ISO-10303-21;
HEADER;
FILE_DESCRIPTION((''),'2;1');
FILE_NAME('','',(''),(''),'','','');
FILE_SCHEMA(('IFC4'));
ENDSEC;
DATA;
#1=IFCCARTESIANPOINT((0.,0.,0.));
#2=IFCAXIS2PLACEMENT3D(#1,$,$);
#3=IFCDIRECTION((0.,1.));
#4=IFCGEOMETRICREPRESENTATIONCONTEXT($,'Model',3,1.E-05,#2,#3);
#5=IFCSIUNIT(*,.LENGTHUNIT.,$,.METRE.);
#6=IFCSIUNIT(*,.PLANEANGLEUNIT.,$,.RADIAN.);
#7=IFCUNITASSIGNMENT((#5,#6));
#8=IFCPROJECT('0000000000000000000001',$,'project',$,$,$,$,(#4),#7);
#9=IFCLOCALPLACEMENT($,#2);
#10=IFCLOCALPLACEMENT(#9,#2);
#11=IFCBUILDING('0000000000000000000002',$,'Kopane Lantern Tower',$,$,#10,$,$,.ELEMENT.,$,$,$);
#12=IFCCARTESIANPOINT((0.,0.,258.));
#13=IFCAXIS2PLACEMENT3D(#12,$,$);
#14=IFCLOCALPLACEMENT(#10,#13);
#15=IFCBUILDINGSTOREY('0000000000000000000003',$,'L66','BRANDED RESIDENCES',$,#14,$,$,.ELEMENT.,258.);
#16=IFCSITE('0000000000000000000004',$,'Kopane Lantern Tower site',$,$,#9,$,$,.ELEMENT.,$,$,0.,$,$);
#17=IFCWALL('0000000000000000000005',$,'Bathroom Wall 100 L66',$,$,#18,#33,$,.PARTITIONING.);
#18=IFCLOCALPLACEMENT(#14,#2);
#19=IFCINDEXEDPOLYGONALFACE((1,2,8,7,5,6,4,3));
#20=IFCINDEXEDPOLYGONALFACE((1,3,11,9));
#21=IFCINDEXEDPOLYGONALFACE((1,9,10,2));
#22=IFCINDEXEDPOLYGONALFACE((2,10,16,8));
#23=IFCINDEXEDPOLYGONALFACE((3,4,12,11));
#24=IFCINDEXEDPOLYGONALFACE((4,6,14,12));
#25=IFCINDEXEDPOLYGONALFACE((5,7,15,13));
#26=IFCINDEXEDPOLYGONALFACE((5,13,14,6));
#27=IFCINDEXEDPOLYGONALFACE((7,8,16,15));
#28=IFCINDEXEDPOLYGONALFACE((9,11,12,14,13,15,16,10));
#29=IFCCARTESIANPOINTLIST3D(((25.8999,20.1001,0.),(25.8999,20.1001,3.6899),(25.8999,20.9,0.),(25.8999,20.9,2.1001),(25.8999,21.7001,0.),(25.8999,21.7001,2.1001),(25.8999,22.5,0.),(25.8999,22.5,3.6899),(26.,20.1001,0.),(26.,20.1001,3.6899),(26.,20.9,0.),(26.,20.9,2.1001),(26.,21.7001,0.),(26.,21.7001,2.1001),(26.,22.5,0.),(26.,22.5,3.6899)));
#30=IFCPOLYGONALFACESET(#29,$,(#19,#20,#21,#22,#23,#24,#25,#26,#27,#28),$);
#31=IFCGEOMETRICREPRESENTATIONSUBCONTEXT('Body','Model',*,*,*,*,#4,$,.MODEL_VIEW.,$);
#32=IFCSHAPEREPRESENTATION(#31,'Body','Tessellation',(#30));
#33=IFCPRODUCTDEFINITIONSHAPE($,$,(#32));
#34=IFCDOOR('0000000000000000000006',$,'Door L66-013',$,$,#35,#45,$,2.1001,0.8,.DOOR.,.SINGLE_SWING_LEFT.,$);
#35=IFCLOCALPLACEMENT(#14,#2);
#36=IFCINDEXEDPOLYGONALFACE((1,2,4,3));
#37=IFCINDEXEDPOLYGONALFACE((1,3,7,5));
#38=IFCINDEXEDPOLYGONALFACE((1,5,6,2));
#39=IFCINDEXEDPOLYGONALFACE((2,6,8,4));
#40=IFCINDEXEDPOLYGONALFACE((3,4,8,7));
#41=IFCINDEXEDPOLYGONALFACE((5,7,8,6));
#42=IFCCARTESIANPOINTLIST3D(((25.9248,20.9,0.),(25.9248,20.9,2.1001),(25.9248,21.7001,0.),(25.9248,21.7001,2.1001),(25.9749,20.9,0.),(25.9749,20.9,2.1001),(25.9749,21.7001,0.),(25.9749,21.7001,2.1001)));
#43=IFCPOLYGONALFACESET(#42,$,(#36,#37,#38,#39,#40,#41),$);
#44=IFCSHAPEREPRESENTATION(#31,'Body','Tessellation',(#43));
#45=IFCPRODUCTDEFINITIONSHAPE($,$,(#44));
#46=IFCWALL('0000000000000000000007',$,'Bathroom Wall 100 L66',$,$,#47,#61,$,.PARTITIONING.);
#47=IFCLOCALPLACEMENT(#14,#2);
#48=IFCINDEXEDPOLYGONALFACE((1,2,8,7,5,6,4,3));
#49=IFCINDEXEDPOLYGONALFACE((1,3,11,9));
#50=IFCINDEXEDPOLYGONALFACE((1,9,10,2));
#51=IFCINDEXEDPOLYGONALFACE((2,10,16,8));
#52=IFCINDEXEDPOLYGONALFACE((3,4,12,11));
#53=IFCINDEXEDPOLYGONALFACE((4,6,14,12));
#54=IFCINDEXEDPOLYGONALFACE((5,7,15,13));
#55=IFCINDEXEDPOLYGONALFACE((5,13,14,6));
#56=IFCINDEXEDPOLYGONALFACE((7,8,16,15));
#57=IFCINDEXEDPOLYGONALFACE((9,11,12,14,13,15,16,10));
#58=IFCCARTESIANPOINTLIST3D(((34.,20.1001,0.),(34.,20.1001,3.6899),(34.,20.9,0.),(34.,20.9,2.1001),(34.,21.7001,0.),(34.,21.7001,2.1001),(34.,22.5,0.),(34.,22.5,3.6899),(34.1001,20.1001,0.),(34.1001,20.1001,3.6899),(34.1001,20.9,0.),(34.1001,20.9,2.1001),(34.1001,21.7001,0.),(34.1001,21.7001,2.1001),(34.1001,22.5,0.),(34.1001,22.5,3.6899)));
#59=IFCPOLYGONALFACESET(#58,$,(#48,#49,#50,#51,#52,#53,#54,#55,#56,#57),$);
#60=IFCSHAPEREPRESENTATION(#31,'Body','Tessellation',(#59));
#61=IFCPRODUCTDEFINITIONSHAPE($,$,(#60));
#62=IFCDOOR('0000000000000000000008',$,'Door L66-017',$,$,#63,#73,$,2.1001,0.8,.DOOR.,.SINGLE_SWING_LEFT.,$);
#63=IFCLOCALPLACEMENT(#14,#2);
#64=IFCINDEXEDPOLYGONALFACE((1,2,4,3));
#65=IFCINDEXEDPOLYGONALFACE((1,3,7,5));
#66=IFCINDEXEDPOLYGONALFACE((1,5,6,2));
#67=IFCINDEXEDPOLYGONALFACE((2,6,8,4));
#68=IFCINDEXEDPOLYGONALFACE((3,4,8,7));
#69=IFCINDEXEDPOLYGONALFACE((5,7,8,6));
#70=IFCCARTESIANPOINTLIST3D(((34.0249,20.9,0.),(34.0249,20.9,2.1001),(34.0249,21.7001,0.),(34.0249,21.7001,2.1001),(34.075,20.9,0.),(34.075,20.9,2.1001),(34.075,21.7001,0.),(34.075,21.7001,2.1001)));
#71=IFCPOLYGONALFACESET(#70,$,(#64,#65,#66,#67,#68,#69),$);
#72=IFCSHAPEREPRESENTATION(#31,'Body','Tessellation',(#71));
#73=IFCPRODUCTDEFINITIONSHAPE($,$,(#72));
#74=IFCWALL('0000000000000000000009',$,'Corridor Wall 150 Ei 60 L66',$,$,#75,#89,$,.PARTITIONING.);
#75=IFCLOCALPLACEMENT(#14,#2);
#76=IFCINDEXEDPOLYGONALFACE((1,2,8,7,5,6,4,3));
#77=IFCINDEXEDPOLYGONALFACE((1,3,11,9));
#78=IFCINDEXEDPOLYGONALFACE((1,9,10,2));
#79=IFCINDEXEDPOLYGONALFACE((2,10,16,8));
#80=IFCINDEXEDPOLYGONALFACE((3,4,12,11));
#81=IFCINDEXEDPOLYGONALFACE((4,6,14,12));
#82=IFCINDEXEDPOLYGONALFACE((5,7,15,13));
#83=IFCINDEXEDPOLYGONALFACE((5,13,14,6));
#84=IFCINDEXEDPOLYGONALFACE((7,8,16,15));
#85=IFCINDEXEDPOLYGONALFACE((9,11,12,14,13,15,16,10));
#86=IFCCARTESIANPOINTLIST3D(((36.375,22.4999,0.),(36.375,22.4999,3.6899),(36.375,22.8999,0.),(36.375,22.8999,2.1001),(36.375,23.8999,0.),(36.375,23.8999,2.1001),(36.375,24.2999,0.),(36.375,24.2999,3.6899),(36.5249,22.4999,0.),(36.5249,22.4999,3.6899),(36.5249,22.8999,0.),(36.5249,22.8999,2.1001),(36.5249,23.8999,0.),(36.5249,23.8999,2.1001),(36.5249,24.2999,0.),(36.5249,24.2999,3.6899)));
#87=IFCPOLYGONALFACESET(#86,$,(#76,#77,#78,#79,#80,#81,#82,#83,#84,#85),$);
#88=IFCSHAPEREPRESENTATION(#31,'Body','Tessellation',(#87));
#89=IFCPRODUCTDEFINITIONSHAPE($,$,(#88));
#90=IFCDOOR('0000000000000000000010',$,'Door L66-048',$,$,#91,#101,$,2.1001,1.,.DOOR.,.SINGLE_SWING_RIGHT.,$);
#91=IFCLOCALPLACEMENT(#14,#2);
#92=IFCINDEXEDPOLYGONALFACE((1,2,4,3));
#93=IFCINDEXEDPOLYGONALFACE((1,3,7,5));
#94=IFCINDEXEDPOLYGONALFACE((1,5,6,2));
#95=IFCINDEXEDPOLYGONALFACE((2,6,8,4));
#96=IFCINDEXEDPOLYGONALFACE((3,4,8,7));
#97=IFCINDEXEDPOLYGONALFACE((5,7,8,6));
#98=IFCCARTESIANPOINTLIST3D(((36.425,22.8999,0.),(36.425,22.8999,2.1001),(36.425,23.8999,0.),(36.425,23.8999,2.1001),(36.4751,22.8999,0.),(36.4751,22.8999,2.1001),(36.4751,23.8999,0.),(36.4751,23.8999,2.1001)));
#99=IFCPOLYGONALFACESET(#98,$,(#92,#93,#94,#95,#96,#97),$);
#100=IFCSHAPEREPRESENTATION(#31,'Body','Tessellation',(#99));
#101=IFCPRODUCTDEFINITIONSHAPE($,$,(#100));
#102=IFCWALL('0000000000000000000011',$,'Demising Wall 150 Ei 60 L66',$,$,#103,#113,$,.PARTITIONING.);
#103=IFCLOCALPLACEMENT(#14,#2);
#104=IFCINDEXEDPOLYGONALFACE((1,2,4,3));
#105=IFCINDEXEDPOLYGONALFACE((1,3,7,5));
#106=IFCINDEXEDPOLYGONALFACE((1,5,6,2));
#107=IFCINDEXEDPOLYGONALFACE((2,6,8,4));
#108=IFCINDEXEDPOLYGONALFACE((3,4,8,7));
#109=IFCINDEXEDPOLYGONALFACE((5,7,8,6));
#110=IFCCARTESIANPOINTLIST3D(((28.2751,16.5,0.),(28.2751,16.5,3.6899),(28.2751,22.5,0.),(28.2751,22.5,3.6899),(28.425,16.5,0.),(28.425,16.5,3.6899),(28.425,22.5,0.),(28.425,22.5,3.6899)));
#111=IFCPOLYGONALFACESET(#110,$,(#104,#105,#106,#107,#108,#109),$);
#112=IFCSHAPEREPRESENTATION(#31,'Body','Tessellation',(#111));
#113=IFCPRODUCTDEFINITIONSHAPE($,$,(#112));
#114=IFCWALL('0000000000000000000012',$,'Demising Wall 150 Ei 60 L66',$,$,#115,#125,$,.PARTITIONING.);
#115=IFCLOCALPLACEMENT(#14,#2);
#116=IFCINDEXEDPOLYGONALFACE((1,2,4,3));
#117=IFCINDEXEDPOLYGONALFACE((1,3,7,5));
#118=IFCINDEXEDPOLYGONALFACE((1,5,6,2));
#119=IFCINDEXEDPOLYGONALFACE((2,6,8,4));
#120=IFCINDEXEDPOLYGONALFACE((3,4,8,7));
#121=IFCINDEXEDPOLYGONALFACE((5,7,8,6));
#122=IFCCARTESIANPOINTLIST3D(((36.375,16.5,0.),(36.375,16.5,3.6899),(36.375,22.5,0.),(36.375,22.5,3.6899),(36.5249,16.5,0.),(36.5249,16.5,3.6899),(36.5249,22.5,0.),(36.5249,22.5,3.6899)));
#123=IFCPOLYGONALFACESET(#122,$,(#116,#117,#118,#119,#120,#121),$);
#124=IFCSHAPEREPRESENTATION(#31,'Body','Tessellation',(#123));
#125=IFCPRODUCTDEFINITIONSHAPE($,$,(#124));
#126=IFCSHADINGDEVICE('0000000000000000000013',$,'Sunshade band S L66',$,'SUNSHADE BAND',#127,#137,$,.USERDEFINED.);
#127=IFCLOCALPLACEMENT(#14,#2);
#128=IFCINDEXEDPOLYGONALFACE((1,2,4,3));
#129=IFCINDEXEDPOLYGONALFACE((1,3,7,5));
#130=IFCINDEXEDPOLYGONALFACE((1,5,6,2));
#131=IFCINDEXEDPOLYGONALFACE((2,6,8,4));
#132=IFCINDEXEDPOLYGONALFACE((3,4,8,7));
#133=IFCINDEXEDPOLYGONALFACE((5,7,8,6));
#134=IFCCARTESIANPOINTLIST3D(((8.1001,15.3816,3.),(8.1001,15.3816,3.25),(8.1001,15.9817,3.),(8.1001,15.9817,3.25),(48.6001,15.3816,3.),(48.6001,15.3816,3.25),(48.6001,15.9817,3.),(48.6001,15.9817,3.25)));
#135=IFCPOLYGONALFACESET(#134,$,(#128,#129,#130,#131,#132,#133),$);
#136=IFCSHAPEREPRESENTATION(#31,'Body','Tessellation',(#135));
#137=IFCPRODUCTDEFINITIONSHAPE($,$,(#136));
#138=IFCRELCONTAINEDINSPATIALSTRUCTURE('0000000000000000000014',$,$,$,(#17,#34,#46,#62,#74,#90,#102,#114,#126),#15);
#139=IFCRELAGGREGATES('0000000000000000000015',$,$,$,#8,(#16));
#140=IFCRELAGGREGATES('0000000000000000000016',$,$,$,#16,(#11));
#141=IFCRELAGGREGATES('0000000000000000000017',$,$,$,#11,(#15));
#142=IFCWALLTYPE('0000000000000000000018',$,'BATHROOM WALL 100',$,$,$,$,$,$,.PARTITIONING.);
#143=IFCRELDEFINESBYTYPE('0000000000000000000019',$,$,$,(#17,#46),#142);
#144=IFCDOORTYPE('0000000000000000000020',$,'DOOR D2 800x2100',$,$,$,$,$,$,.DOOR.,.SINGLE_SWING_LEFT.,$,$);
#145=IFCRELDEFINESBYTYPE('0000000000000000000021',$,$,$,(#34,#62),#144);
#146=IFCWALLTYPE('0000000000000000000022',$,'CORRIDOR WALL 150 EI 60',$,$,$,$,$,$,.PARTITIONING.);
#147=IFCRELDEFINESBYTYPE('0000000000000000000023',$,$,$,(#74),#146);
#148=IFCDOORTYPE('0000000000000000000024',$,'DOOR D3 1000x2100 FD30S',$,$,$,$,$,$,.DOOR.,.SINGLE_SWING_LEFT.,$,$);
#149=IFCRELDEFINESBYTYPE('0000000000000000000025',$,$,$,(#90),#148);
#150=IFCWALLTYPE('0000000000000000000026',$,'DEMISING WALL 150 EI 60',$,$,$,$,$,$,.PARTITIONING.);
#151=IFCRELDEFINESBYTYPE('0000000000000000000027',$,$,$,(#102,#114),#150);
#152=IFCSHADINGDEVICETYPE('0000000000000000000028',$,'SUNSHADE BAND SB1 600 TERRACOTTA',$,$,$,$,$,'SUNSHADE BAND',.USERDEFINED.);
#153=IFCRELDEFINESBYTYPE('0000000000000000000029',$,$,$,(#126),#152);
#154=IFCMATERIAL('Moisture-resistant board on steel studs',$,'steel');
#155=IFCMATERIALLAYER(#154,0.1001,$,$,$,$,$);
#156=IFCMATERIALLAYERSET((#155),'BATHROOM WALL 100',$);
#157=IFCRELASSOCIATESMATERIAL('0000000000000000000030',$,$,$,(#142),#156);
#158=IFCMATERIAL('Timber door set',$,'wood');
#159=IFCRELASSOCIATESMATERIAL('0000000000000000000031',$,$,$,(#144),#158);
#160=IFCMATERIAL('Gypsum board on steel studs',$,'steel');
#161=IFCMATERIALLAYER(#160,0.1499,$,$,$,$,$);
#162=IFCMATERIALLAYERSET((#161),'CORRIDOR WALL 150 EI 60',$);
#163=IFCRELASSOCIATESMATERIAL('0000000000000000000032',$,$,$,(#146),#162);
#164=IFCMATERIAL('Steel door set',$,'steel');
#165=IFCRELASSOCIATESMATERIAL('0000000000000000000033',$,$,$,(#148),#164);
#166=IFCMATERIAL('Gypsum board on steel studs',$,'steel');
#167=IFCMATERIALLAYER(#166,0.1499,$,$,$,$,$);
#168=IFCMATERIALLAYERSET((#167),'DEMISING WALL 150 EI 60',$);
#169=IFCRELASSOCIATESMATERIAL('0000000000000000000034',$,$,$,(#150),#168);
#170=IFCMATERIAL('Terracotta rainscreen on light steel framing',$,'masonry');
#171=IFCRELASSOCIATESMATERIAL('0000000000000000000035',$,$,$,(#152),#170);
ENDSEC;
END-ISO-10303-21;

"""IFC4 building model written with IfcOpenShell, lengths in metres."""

from ifc_helpers import new_model, si_unit, direction, frame, frame_2d, origin, origin_2d, place, context, subcontext, project, spatial, rectangle, extrude, material, layer, layer_set, type_object, element, fill, save


model = new_model("IFC4")

# Units and contexts
model_context = context("Model", 3, precision=1e-05, world=origin(), true_north=direction((0.0, 1.0)))
body_context = subcontext(model_context, "Body", "Model", "MODEL_VIEW")
ifc_project = project(units=[si_unit("LENGTHUNIT", "METRE"), si_unit("PLANEANGLEUNIT", "RADIAN")], contexts=[model_context])

# Site, building, storey
site_placement = place(None, origin())
site = spatial("IfcSite", under=ifc_project, at=site_placement, Name="Kopane Lantern Tower site", CompositionType="ELEMENT", RefElevation=0.0)
building_placement = place(site_placement, origin())
building = spatial("IfcBuilding", under=site, at=building_placement, Name="Kopane Lantern Tower", CompositionType="ELEMENT")
storey_placement = place(building_placement, frame((0.0, 0.0, 258.0)))
storey = spatial("IfcBuildingStorey", under=building, at=storey_placement, Name="L66", Description="BRANDED RESIDENCES", CompositionType="ELEMENT", Elevation=258.0)

# Walls, openings, doors
ifc_material_1 = material(Name="Moisture-resistant board on steel studs", Category="steel")
ifc_layer_1 = layer(ifc_material_1, 0.1001)
ifc_layer_set_1 = layer_set([ifc_layer_1], Name="BATHROOM WALL 100")
wall_type_1 = type_object("IfcWallType", Name="BATHROOM WALL 100", PredefinedType="PARTITIONING", material=ifc_layer_set_1)
wall_1_placement = place(storey_placement, frame((25.95, 22.5, 0.0), z_axis=(0.0, 0.0, 1.0), x_axis=(0.0, -1.0, 0.0)))
wall_1 = element("IfcWall", 1, at=wall_1_placement, inside=storey, type_object=wall_type_1, Name="Bathroom Wall 100 L66", PredefinedType="PARTITIONING", context=body_context, shape_type="SweptSolid", body=[
    extrude(rectangle(XDim=2.3999, YDim=0.1001, at=frame_2d((1.2, 0.0))), origin(), (0.0, 0.0, 1.0), 3.6899),
])
opening_1_placement = place(wall_1_placement, frame((0.8, 0.0, 0.0)))
opening_1 = element("IfcOpeningElement", 2, at=opening_1_placement, cuts=wall_1, PredefinedType="OPENING", context=body_context, shape_type="SweptSolid", body=[
    extrude(rectangle(XDim=0.8, YDim=2.1001, at=frame_2d((0.3999, 1.05))), frame((0.0, 0.0601, 0.0), z_axis=(0.0, -1.0, 0.0), x_axis=(1.0, 0.0, 0.0)), (0.0, 0.0, 1.0), 0.1201),
])
ifc_material_2 = material(Name="Timber door set", Category="wood")
door_type_1 = type_object("IfcDoorType", Name="DOOR D2 800x2100", OperationType="SINGLE_SWING_LEFT", PredefinedType="DOOR", material=ifc_material_2)
door_1_placement = place(opening_1_placement, origin())
door_1 = element("IfcDoor", 3, at=door_1_placement, inside=storey, type_object=door_type_1, Name="Door L66-013", OperationType="SINGLE_SWING_LEFT", OverallHeight=2.1001, OverallWidth=0.8, PredefinedType="DOOR", context=body_context, shape_type="SweptSolid", body=[
    extrude(rectangle(XDim=0.8, YDim=2.1001, at=frame_2d((0.3999, 1.05))), frame((0.0, 0.0249, 0.0), z_axis=(0.0, -1.0, 0.0), x_axis=(1.0, 0.0, 0.0)), (0.0, 0.0, 1.0), 0.05),
])
fill(opening_1, door_1)
wall_2_placement = place(storey_placement, frame((34.05, 22.5, 0.0), z_axis=(0.0, 0.0, 1.0), x_axis=(0.0, -1.0, 0.0)))
wall_2 = element("IfcWall", 4, at=wall_2_placement, inside=storey, type_object=wall_type_1, Name="Bathroom Wall 100 L66", PredefinedType="PARTITIONING", context=body_context, shape_type="SweptSolid", body=[
    extrude(rectangle(XDim=2.3999, YDim=0.1001, at=frame_2d((1.2, 0.0))), origin(), (0.0, 0.0, 1.0), 3.6899),
])
opening_2_placement = place(wall_2_placement, frame((0.8, 0.0, 0.0)))
opening_2 = element("IfcOpeningElement", 5, at=opening_2_placement, cuts=wall_2, PredefinedType="OPENING", context=body_context, shape_type="SweptSolid", body=[
    extrude(rectangle(XDim=0.8, YDim=2.1001, at=frame_2d((0.3999, 1.05))), frame((0.0, 0.0601, 0.0), z_axis=(0.0, -1.0, 0.0), x_axis=(1.0, 0.0, 0.0)), (0.0, 0.0, 1.0), 0.1201),
])
door_2_placement = place(opening_2_placement, origin())
door_2 = element("IfcDoor", 6, at=door_2_placement, inside=storey, type_object=door_type_1, Name="Door L66-017", OperationType="SINGLE_SWING_LEFT", OverallHeight=2.1001, OverallWidth=0.8, PredefinedType="DOOR", context=body_context, shape_type="SweptSolid", body=[
    extrude(rectangle(XDim=0.8, YDim=2.1001, at=frame_2d((0.3999, 1.05))), frame((0.0, 0.0249, 0.0), z_axis=(0.0, -1.0, 0.0), x_axis=(1.0, 0.0, 0.0)), (0.0, 0.0, 1.0), 0.05),
])
fill(opening_2, door_2)
ifc_material_3 = material(Name="Gypsum board on steel studs", Category="steel")
ifc_layer_2 = layer(ifc_material_3, 0.1499)
ifc_layer_set_2 = layer_set([ifc_layer_2], Name="CORRIDOR WALL 150 EI 60")
wall_type_2 = type_object("IfcWallType", Name="CORRIDOR WALL 150 EI 60", PredefinedType="PARTITIONING", material=ifc_layer_set_2)
wall_3_placement = place(storey_placement, frame((36.45, 22.5, 0.0), z_axis=(0.0, 0.0, 1.0), x_axis=(0.0, 1.0, 0.0)))
wall_3 = element("IfcWall", 7, at=wall_3_placement, inside=storey, type_object=wall_type_2, Name="Corridor Wall 150 Ei 60 L66", PredefinedType="PARTITIONING", context=body_context, shape_type="SweptSolid", body=[
    extrude(rectangle(XDim=1.8, YDim=0.1499, at=frame_2d((0.8999, 0.0))), origin(), (0.0, 0.0, 1.0), 3.6899),
])
opening_3_placement = place(wall_3_placement, frame((0.3999, 0.0, 0.0)))
opening_3 = element("IfcOpeningElement", 8, at=opening_3_placement, cuts=wall_3, PredefinedType="OPENING", context=body_context, shape_type="SweptSolid", body=[
    extrude(rectangle(XDim=1.0, YDim=2.1001, at=frame_2d((0.5, 1.05))), frame((0.0, 0.085, 0.0), z_axis=(0.0, -1.0, 0.0), x_axis=(1.0, 0.0, 0.0)), (0.0, 0.0, 1.0), 0.1699),
])
ifc_material_4 = material(Name="Steel door set", Category="steel")
door_type_2 = type_object("IfcDoorType", Name="DOOR D3 1000x2100 FD30S", OperationType="SINGLE_SWING_LEFT", PredefinedType="DOOR", material=ifc_material_4)
door_3_placement = place(opening_3_placement, origin())
door_3 = element("IfcDoor", 9, at=door_3_placement, inside=storey, type_object=door_type_2, Name="Door L66-048", OperationType="SINGLE_SWING_RIGHT", OverallHeight=2.1001, OverallWidth=1.0, PredefinedType="DOOR", context=body_context, shape_type="SweptSolid", body=[
    extrude(rectangle(XDim=1.0, YDim=2.1001, at=frame_2d((0.5, 1.05))), frame((0.0, 0.0249, 0.0), z_axis=(0.0, -1.0, 0.0), x_axis=(1.0, 0.0, 0.0)), (0.0, 0.0, 1.0), 0.05),
])
fill(opening_3, door_3)

# Walls
ifc_material_5 = material(Name="Gypsum board on steel studs", Category="steel")
ifc_layer_3 = layer(ifc_material_5, 0.1499)
ifc_layer_set_3 = layer_set([ifc_layer_3], Name="DEMISING WALL 150 EI 60")
wall_type_3 = type_object("IfcWallType", Name="DEMISING WALL 150 EI 60", PredefinedType="PARTITIONING", material=ifc_layer_set_3)
for number, where, z_axis, x_axis, name in (
    (10, (28.3501, 22.5, 0.0), (0.0, 0.0, 1.0), (0.0, -1.0, 0.0), "Demising Wall 150 Ei 60 L66"),
    (11, (36.45, 16.5, 0.0), (0.0, 0.0, 1.0), (0.0, 1.0, 0.0), "Demising Wall 150 Ei 60 L66"),
):
    element("IfcWall", number, at=place(storey_placement, frame(where, z_axis=z_axis, x_axis=x_axis)), inside=storey, type_object=wall_type_3, Name=name, PredefinedType="PARTITIONING", context=body_context, shape_type="SweptSolid", body=[
        extrude(rectangle(XDim=6.0, YDim=0.1499, at=frame_2d((3.0, 0.0))), origin(), (0.0, 0.0, 1.0), 3.6899),
    ])

# Shading device
ifc_material_6 = material(Name="Terracotta rainscreen on light steel framing", Category="masonry")
shading_device_type = type_object("IfcShadingDeviceType", Name="SUNSHADE BAND SB1 600 TERRACOTTA", ElementType="SUNSHADE BAND", PredefinedType="USERDEFINED", material=ifc_material_6)
shading_device_placement = place(storey_placement, frame((28.3501, 15.6816, 3.0), z_axis=(0.0, 0.0, 1.0), x_axis=(1.0, 0.0, 0.0)))
element("IfcShadingDevice", 12, at=shading_device_placement, inside=storey, type_object=shading_device_type, Name="Sunshade band S L66", ObjectType="SUNSHADE BAND", PredefinedType="USERDEFINED", context=body_context, shape_type="SweptSolid", body=[
    extrude(rectangle(XDim=40.5, YDim=0.6001, at=origin_2d()), origin(), (0.0, 0.0, 1.0), 0.25),
])

save(model, "model.ifc")
